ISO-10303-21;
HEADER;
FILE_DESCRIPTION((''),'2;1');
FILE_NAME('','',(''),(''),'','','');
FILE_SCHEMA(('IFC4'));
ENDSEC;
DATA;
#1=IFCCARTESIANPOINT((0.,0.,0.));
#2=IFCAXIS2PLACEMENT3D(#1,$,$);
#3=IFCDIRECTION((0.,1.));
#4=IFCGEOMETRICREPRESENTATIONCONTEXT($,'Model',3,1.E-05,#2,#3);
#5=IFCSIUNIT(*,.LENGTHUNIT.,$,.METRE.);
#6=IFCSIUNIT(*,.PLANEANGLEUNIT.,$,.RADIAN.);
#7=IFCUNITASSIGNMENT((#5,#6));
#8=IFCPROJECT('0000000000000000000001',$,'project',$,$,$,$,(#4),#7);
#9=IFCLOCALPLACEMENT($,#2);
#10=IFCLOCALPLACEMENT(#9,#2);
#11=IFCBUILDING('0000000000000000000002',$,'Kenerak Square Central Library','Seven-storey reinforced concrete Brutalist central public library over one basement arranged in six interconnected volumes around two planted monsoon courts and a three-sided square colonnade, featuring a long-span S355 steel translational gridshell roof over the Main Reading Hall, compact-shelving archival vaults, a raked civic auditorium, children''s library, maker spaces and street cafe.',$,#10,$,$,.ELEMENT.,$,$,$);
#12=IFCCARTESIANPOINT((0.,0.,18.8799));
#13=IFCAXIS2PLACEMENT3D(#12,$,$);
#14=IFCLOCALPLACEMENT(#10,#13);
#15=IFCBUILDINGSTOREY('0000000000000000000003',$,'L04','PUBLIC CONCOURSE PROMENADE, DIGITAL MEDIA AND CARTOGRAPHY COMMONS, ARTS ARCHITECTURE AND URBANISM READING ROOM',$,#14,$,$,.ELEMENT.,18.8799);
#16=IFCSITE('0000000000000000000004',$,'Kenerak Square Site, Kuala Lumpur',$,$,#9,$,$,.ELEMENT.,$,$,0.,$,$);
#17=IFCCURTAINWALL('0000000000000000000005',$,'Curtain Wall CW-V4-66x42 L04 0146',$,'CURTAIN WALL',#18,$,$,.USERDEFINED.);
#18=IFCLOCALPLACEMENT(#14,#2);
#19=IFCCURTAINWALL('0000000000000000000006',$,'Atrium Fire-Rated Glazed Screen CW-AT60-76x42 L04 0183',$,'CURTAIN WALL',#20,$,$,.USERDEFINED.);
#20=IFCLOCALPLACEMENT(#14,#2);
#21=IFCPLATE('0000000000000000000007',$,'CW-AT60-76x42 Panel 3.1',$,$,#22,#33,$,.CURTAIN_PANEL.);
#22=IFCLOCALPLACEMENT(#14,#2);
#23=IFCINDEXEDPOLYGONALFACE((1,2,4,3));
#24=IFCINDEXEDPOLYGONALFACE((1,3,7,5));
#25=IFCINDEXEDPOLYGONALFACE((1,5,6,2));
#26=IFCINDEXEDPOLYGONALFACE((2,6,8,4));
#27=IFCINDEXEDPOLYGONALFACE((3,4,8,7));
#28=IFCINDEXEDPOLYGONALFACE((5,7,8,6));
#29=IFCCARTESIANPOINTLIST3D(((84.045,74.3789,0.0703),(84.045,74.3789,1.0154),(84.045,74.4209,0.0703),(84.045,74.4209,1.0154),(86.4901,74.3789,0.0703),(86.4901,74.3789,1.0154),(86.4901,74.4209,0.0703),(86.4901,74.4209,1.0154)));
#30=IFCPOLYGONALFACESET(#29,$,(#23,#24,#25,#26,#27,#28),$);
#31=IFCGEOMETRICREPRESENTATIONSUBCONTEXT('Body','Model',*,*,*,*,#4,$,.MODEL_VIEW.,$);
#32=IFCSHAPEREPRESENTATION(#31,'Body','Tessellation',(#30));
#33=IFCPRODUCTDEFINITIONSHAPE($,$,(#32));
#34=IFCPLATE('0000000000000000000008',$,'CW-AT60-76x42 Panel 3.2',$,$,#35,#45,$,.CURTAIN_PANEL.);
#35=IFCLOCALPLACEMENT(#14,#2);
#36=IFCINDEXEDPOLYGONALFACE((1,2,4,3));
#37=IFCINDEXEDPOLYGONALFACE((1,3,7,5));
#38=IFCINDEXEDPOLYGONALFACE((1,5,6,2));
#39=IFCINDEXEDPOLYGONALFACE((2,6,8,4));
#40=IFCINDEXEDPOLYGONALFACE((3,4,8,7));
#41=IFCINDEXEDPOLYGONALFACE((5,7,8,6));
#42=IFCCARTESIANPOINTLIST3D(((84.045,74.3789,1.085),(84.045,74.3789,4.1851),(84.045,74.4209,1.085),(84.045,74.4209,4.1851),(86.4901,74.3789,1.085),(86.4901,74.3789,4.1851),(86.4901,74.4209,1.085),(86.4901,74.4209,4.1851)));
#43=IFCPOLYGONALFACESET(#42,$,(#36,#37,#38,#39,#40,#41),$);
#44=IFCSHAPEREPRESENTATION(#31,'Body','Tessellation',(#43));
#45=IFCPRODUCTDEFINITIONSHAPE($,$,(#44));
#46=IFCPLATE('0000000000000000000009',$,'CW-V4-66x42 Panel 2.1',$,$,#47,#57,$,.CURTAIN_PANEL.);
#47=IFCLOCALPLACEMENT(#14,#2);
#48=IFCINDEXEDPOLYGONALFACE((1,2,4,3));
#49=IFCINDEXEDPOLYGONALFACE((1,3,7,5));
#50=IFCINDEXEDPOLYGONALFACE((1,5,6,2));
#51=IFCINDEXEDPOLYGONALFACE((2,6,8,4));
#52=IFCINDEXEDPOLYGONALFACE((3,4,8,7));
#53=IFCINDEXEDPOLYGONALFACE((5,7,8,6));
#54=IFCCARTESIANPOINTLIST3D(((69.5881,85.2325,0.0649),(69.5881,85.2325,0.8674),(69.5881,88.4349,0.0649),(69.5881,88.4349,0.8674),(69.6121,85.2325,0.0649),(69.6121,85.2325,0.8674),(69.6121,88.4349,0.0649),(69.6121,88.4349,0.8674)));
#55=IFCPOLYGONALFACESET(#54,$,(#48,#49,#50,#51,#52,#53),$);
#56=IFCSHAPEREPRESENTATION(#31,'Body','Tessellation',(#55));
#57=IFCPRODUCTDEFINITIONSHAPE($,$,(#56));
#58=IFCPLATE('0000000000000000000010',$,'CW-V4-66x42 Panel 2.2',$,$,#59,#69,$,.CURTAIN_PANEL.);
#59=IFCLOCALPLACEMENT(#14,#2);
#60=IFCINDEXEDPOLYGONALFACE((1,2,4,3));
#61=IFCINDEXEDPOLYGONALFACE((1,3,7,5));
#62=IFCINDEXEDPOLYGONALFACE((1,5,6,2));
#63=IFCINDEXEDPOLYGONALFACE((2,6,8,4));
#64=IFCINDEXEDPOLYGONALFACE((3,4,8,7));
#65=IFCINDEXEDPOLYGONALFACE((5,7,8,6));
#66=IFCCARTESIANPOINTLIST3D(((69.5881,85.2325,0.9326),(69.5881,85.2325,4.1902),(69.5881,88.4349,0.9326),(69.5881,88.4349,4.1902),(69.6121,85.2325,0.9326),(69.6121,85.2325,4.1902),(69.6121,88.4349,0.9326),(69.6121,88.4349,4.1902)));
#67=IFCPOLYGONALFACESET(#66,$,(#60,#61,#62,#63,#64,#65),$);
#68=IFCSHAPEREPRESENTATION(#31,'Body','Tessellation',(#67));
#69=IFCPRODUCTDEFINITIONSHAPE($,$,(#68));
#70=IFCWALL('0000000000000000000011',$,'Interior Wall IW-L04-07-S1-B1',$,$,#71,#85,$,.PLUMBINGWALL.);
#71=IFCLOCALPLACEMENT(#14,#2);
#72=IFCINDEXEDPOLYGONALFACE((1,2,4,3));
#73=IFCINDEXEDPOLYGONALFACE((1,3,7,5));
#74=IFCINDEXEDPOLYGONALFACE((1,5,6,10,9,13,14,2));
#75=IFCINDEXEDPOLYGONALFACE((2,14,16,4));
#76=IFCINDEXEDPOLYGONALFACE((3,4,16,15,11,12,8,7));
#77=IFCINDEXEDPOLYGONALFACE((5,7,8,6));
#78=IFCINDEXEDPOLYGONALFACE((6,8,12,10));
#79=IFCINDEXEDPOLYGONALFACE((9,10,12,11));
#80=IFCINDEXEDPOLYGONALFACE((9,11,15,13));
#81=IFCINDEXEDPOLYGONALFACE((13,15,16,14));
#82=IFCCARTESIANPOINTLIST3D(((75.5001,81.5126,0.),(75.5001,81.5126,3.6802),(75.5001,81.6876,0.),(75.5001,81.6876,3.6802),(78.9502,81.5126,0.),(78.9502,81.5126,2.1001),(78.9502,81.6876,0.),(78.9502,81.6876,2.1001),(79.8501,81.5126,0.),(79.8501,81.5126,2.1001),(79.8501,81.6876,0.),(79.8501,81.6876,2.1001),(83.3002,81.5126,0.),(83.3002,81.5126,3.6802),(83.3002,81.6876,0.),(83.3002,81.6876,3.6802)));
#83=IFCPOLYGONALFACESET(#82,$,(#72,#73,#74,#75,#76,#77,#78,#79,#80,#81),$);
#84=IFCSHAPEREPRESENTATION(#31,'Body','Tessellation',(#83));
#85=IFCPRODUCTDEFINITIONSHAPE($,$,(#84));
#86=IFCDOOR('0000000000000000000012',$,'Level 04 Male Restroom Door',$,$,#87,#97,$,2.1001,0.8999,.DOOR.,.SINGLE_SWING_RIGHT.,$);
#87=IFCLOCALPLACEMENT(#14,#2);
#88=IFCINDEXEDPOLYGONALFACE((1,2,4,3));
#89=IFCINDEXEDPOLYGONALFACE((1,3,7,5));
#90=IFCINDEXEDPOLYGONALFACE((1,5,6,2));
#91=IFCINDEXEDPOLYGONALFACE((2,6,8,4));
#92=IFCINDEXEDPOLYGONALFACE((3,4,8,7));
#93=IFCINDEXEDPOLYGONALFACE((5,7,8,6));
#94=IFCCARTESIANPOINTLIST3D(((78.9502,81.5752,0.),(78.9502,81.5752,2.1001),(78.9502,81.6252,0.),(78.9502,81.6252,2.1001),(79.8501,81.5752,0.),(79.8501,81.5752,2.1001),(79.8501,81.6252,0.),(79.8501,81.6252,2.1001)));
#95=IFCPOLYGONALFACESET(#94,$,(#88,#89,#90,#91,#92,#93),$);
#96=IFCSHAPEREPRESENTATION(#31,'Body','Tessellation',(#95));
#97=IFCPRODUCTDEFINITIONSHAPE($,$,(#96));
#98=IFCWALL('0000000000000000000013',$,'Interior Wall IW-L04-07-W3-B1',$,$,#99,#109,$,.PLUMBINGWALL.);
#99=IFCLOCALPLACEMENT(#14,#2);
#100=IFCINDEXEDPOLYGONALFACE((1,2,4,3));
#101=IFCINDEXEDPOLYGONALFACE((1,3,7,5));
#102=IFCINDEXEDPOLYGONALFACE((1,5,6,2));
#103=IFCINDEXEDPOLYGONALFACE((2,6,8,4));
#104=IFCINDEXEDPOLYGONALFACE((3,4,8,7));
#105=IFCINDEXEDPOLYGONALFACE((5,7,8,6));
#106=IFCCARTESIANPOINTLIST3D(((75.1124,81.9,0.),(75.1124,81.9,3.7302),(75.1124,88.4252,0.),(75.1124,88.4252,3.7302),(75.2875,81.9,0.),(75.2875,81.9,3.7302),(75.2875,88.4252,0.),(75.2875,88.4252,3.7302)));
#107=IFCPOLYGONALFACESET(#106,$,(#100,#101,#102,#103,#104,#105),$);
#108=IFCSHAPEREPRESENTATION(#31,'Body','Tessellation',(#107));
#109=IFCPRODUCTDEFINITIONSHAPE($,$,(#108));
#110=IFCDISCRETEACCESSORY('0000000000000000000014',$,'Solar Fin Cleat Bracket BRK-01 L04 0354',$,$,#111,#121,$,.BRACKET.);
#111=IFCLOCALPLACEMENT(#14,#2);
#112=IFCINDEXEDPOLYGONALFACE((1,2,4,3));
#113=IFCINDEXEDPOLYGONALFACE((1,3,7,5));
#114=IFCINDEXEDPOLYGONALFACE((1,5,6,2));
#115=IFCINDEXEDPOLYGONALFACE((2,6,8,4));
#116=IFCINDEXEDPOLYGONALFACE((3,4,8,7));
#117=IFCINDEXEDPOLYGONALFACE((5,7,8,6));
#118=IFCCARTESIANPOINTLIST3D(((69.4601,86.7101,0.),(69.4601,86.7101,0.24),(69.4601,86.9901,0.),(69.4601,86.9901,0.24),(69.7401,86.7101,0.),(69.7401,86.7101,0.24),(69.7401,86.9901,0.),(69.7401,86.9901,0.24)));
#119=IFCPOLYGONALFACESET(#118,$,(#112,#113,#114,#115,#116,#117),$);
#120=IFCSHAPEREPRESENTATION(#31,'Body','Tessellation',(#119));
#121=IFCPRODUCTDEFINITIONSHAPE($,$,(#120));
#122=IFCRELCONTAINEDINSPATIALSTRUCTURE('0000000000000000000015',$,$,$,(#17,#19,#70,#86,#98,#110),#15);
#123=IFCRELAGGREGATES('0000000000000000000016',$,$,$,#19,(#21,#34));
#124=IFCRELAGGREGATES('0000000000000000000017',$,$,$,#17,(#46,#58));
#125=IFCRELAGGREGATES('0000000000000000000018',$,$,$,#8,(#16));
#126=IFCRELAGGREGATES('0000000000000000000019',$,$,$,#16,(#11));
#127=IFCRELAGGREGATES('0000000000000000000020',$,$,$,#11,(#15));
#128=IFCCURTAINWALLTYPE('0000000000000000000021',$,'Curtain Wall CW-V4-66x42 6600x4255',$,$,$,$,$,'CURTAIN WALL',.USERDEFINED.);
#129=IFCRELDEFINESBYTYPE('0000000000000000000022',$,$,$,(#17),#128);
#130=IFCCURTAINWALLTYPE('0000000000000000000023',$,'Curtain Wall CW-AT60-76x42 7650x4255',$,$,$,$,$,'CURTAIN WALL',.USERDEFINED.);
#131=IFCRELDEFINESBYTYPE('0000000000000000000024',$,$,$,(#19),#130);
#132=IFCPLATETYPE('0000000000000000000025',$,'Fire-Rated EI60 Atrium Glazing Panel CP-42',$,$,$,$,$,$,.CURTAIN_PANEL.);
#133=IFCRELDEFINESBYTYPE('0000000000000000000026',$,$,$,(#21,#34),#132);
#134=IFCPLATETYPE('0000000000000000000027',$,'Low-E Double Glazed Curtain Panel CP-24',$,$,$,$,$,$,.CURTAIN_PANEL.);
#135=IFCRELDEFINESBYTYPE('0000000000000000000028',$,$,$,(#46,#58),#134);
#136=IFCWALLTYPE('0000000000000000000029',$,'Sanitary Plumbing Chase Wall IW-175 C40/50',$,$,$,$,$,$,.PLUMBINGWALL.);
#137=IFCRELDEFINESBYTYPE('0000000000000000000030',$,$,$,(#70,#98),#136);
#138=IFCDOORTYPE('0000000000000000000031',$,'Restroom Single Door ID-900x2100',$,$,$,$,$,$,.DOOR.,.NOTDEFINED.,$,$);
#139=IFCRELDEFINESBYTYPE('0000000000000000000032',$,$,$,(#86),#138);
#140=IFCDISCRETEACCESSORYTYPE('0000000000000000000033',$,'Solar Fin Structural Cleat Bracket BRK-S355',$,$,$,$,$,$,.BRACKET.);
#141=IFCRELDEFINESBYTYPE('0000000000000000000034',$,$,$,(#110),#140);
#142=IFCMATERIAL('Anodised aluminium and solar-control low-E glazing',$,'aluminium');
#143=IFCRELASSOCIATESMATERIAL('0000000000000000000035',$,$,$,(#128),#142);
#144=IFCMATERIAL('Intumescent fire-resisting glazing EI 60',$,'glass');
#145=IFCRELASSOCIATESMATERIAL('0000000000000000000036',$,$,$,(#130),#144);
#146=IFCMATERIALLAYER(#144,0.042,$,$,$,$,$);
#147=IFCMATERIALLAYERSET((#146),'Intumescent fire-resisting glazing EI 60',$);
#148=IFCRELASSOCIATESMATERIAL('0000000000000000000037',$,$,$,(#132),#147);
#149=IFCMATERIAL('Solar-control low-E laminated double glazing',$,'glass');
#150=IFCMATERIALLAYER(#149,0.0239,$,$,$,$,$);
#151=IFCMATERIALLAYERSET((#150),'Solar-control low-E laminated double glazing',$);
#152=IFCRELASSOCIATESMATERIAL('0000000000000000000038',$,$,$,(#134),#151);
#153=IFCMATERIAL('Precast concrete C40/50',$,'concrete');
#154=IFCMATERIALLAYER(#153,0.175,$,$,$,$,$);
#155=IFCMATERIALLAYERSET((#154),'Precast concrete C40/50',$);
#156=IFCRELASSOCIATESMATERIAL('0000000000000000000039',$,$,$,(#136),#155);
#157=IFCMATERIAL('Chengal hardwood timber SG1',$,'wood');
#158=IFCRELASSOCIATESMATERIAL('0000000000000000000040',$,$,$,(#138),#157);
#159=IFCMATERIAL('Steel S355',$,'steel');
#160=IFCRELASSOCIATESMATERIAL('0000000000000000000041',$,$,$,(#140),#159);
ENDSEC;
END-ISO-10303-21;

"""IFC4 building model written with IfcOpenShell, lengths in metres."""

from ifc_helpers import new_model, si_unit, direction, frame, frame_2d, origin, origin_2d, place, context, subcontext, project, spatial, rectangle, extrude, material, layer, layer_set, type_object, element, fill, aggregate, save


model = new_model("IFC4")

# Units and contexts
model_context = context("Model", 3, precision=1e-05, world=origin(), true_north=direction((0.0, 1.0)))
body_context = subcontext(model_context, "Body", "Model", "MODEL_VIEW")
ifc_project = project(units=[si_unit("LENGTHUNIT", "METRE"), si_unit("PLANEANGLEUNIT", "RADIAN")], contexts=[model_context])

# Site, building, storey
site_placement = place(None, origin())
site = spatial("IfcSite", under=ifc_project, at=site_placement, Name="Kenerak Square Site, Kuala Lumpur", CompositionType="ELEMENT", RefElevation=0.0)
building_placement = place(site_placement, origin())
building = spatial("IfcBuilding", under=site, at=building_placement, Name="Kenerak Square Central Library", Description="Seven-storey reinforced concrete Brutalist central public library over one basement arranged in six interconnected volumes around two planted monsoon courts and a three-sided square colonnade, featuring a long-span S355 steel translational gridshell roof over the Main Reading Hall, compact-shelving archival vaults, a raked civic auditorium, children's library, maker spaces and street cafe.", CompositionType="ELEMENT")
storey_placement = place(building_placement, frame((0.0, 0.0, 18.8799)))
storey = spatial("IfcBuildingStorey", under=building, at=storey_placement, Name="L04", Description="PUBLIC CONCOURSE PROMENADE, DIGITAL MEDIA AND CARTOGRAPHY COMMONS, ARTS ARCHITECTURE AND URBANISM READING ROOM", CompositionType="ELEMENT", Elevation=18.8799)

# Curtain wall
ifc_material_1 = material(Name="Anodised aluminium and solar-control low-E glazing", Category="aluminium")
curtain_wall_type_1 = type_object("IfcCurtainWallType", Name="Curtain Wall CW-V4-66x42 6600x4255", ElementType="CURTAIN WALL", PredefinedType="USERDEFINED", material=ifc_material_1)
curtain_wall_1_placement = place(storey_placement, origin())
curtain_wall_1 = element("IfcCurtainWall", 1, at=curtain_wall_1_placement, inside=storey, type_object=curtain_wall_type_1, Name="Curtain Wall CW-V4-66x42 L04 0146", ObjectType="CURTAIN WALL", PredefinedType="USERDEFINED")

# Curtain wall
ifc_material_2 = material(Name="Intumescent fire-resisting glazing EI 60", Category="glass")
curtain_wall_type_2 = type_object("IfcCurtainWallType", Name="Curtain Wall CW-AT60-76x42 7650x4255", ElementType="CURTAIN WALL", PredefinedType="USERDEFINED", material=ifc_material_2)
curtain_wall_2_placement = place(storey_placement, origin())
curtain_wall_2 = element("IfcCurtainWall", 2, at=curtain_wall_2_placement, inside=storey, type_object=curtain_wall_type_2, Name="Atrium Fire-Rated Glazed Screen CW-AT60-76x42 L04 0183", ObjectType="CURTAIN WALL", PredefinedType="USERDEFINED")

# Plates
ifc_layer_1 = layer(ifc_material_2, 0.042)
ifc_layer_set_1 = layer_set([ifc_layer_1], Name="Intumescent fire-resisting glazing EI 60")
plate_type_1 = type_object("IfcPlateType", Name="Fire-Rated EI60 Atrium Glazing Panel CP-42", PredefinedType="CURTAIN_PANEL", material=ifc_layer_set_1)
plate_1_placement = place(storey_placement, frame((85.2676, 74.3999, 0.0703), z_axis=(0.0, 0.0, 1.0), x_axis=(-1.0, 0.0, 0.0)))
plate_1 = element("IfcPlate", 3, at=plate_1_placement, type_object=plate_type_1, Name="CW-AT60-76x42 Panel 3.1", PredefinedType="CURTAIN_PANEL", context=body_context, shape_type="SweptSolid", body=[
    extrude(rectangle(XDim=2.4451, YDim=0.042, at=origin_2d()), origin(), (0.0, 0.0, 1.0), 0.9451),
])
plate_2_placement = place(storey_placement, frame((85.2676, 74.3999, 1.085), z_axis=(0.0, 0.0, 1.0), x_axis=(-1.0, 0.0, 0.0)))
plate_2 = element("IfcPlate", 4, at=plate_2_placement, type_object=plate_type_1, Name="CW-AT60-76x42 Panel 3.2", PredefinedType="CURTAIN_PANEL", context=body_context, shape_type="SweptSolid", body=[
    extrude(rectangle(XDim=2.4451, YDim=0.042, at=origin_2d()), origin(), (0.0, 0.0, 1.0), 3.1001),
])
aggregate(curtain_wall_2, [plate_1, plate_2])
ifc_material_3 = material(Name="Solar-control low-E laminated double glazing", Category="glass")
ifc_layer_2 = layer(ifc_material_3, 0.0239)
ifc_layer_set_2 = layer_set([ifc_layer_2], Name="Solar-control low-E laminated double glazing")
plate_type_2 = type_object("IfcPlateType", Name="Low-E Double Glazed Curtain Panel CP-24", PredefinedType="CURTAIN_PANEL", material=ifc_layer_set_2)
plate_3_placement = place(storey_placement, frame((69.6001, 86.8337, 0.0649), z_axis=(0.0, 0.0, 1.0), x_axis=(0.0, 1.0, 0.0)))
plate_3 = element("IfcPlate", 5, at=plate_3_placement, type_object=plate_type_2, Name="CW-V4-66x42 Panel 2.1", PredefinedType="CURTAIN_PANEL", context=body_context, shape_type="SweptSolid", body=[
    extrude(rectangle(XDim=3.2024, YDim=0.0239, at=origin_2d()), origin(), (0.0, 0.0, 1.0), 0.8025),
])
plate_4_placement = place(storey_placement, frame((69.6001, 86.8337, 0.9326), z_axis=(0.0, 0.0, 1.0), x_axis=(0.0, 1.0, 0.0)))
plate_4 = element("IfcPlate", 6, at=plate_4_placement, type_object=plate_type_2, Name="CW-V4-66x42 Panel 2.2", PredefinedType="CURTAIN_PANEL", context=body_context, shape_type="SweptSolid", body=[
    extrude(rectangle(XDim=3.2024, YDim=0.0239, at=origin_2d()), origin(), (0.0, 0.0, 1.0), 3.2576),
])
aggregate(curtain_wall_1, [plate_3, plate_4])

# Wall, opening, door
ifc_material_4 = material(Name="Precast concrete C40/50", Category="concrete")
ifc_layer_3 = layer(ifc_material_4, 0.175)
ifc_layer_set_3 = layer_set([ifc_layer_3], Name="Precast concrete C40/50")
wall_type = type_object("IfcWallType", Name="Sanitary Plumbing Chase Wall IW-175 C40/50", PredefinedType="PLUMBINGWALL", material=ifc_layer_set_3)
wall_1_placement = place(storey_placement, frame((83.3, 81.6001, 0.0), z_axis=(0.0, 0.0, 1.0), x_axis=(-1.0, 0.0, 0.0)))
wall_1 = element("IfcWall", 7, at=wall_1_placement, inside=storey, type_object=wall_type, Name="Interior Wall IW-L04-07-S1-B1", PredefinedType="PLUMBINGWALL", context=body_context, shape_type="SweptSolid", body=[
    extrude(rectangle(XDim=7.8, YDim=0.175, at=frame_2d((3.8999, 0.0))), origin(), (0.0, 0.0, 1.0), 3.6802),
])
opening_placement = place(wall_1_placement, frame((3.45, 0.0, 0.0)))
opening = element("IfcOpeningElement", 8, at=opening_placement, cuts=wall_1, PredefinedType="OPENING", context=body_context, shape_type="SweptSolid", body=[
    extrude(rectangle(XDim=0.8999, YDim=2.1001, at=frame_2d((0.45, 1.05))), frame((0.0, 0.0974, 0.0), z_axis=(0.0, -1.0, 0.0), x_axis=(1.0, 0.0, 0.0)), (0.0, 0.0, 1.0), 0.1951),
])
ifc_material_5 = material(Name="Chengal hardwood timber SG1", Category="wood")
door_type = type_object("IfcDoorType", Name="Restroom Single Door ID-900x2100", OperationType="NOTDEFINED", PredefinedType="DOOR", material=ifc_material_5)
door_placement = place(opening_placement, origin())
door = element("IfcDoor", 9, at=door_placement, inside=storey, type_object=door_type, Name="Level 04 Male Restroom Door", OperationType="SINGLE_SWING_RIGHT", OverallHeight=2.1001, OverallWidth=0.8999, PredefinedType="DOOR", context=body_context, shape_type="SweptSolid", body=[
    extrude(rectangle(XDim=0.8999, YDim=2.1001, at=frame_2d((0.45, 1.05))), frame((0.0, 0.0249, 0.0), z_axis=(0.0, -1.0, 0.0), x_axis=(1.0, 0.0, 0.0)), (0.0, 0.0, 1.0), 0.05),
])
fill(opening, door)

# Wall
wall_2_placement = place(storey_placement, frame((75.2, 81.8999, 0.0), z_axis=(0.0, 0.0, 1.0), x_axis=(0.0, 1.0, 0.0)))
element("IfcWall", 10, at=wall_2_placement, inside=storey, type_object=wall_type, Name="Interior Wall IW-L04-07-W3-B1", PredefinedType="PLUMBINGWALL", context=body_context, shape_type="SweptSolid", body=[
    extrude(rectangle(XDim=6.5251, YDim=0.175, at=frame_2d((3.2627, 0.0))), origin(), (0.0, 0.0, 1.0), 3.7302),
])

# Discrete accessory
ifc_material_6 = material(Name="Steel S355", Category="steel")
discrete_accessory_type = type_object("IfcDiscreteAccessoryType", Name="Solar Fin Structural Cleat Bracket BRK-S355", PredefinedType="BRACKET", material=ifc_material_6)
discrete_accessory_placement = place(storey_placement, frame((69.6001, 86.8501, 0.0), z_axis=(0.0, 0.0, 1.0), x_axis=(0.0, 1.0, 0.0)))
element("IfcDiscreteAccessory", 11, at=discrete_accessory_placement, inside=storey, type_object=discrete_accessory_type, Name="Solar Fin Cleat Bracket BRK-01 L04 0354", PredefinedType="BRACKET", context=body_context, shape_type="SweptSolid", body=[
    extrude(rectangle(XDim=0.28, YDim=0.28, at=origin_2d()), origin(), (0.0, 0.0, 1.0), 0.24),
])

save(model, "model.ifc")
